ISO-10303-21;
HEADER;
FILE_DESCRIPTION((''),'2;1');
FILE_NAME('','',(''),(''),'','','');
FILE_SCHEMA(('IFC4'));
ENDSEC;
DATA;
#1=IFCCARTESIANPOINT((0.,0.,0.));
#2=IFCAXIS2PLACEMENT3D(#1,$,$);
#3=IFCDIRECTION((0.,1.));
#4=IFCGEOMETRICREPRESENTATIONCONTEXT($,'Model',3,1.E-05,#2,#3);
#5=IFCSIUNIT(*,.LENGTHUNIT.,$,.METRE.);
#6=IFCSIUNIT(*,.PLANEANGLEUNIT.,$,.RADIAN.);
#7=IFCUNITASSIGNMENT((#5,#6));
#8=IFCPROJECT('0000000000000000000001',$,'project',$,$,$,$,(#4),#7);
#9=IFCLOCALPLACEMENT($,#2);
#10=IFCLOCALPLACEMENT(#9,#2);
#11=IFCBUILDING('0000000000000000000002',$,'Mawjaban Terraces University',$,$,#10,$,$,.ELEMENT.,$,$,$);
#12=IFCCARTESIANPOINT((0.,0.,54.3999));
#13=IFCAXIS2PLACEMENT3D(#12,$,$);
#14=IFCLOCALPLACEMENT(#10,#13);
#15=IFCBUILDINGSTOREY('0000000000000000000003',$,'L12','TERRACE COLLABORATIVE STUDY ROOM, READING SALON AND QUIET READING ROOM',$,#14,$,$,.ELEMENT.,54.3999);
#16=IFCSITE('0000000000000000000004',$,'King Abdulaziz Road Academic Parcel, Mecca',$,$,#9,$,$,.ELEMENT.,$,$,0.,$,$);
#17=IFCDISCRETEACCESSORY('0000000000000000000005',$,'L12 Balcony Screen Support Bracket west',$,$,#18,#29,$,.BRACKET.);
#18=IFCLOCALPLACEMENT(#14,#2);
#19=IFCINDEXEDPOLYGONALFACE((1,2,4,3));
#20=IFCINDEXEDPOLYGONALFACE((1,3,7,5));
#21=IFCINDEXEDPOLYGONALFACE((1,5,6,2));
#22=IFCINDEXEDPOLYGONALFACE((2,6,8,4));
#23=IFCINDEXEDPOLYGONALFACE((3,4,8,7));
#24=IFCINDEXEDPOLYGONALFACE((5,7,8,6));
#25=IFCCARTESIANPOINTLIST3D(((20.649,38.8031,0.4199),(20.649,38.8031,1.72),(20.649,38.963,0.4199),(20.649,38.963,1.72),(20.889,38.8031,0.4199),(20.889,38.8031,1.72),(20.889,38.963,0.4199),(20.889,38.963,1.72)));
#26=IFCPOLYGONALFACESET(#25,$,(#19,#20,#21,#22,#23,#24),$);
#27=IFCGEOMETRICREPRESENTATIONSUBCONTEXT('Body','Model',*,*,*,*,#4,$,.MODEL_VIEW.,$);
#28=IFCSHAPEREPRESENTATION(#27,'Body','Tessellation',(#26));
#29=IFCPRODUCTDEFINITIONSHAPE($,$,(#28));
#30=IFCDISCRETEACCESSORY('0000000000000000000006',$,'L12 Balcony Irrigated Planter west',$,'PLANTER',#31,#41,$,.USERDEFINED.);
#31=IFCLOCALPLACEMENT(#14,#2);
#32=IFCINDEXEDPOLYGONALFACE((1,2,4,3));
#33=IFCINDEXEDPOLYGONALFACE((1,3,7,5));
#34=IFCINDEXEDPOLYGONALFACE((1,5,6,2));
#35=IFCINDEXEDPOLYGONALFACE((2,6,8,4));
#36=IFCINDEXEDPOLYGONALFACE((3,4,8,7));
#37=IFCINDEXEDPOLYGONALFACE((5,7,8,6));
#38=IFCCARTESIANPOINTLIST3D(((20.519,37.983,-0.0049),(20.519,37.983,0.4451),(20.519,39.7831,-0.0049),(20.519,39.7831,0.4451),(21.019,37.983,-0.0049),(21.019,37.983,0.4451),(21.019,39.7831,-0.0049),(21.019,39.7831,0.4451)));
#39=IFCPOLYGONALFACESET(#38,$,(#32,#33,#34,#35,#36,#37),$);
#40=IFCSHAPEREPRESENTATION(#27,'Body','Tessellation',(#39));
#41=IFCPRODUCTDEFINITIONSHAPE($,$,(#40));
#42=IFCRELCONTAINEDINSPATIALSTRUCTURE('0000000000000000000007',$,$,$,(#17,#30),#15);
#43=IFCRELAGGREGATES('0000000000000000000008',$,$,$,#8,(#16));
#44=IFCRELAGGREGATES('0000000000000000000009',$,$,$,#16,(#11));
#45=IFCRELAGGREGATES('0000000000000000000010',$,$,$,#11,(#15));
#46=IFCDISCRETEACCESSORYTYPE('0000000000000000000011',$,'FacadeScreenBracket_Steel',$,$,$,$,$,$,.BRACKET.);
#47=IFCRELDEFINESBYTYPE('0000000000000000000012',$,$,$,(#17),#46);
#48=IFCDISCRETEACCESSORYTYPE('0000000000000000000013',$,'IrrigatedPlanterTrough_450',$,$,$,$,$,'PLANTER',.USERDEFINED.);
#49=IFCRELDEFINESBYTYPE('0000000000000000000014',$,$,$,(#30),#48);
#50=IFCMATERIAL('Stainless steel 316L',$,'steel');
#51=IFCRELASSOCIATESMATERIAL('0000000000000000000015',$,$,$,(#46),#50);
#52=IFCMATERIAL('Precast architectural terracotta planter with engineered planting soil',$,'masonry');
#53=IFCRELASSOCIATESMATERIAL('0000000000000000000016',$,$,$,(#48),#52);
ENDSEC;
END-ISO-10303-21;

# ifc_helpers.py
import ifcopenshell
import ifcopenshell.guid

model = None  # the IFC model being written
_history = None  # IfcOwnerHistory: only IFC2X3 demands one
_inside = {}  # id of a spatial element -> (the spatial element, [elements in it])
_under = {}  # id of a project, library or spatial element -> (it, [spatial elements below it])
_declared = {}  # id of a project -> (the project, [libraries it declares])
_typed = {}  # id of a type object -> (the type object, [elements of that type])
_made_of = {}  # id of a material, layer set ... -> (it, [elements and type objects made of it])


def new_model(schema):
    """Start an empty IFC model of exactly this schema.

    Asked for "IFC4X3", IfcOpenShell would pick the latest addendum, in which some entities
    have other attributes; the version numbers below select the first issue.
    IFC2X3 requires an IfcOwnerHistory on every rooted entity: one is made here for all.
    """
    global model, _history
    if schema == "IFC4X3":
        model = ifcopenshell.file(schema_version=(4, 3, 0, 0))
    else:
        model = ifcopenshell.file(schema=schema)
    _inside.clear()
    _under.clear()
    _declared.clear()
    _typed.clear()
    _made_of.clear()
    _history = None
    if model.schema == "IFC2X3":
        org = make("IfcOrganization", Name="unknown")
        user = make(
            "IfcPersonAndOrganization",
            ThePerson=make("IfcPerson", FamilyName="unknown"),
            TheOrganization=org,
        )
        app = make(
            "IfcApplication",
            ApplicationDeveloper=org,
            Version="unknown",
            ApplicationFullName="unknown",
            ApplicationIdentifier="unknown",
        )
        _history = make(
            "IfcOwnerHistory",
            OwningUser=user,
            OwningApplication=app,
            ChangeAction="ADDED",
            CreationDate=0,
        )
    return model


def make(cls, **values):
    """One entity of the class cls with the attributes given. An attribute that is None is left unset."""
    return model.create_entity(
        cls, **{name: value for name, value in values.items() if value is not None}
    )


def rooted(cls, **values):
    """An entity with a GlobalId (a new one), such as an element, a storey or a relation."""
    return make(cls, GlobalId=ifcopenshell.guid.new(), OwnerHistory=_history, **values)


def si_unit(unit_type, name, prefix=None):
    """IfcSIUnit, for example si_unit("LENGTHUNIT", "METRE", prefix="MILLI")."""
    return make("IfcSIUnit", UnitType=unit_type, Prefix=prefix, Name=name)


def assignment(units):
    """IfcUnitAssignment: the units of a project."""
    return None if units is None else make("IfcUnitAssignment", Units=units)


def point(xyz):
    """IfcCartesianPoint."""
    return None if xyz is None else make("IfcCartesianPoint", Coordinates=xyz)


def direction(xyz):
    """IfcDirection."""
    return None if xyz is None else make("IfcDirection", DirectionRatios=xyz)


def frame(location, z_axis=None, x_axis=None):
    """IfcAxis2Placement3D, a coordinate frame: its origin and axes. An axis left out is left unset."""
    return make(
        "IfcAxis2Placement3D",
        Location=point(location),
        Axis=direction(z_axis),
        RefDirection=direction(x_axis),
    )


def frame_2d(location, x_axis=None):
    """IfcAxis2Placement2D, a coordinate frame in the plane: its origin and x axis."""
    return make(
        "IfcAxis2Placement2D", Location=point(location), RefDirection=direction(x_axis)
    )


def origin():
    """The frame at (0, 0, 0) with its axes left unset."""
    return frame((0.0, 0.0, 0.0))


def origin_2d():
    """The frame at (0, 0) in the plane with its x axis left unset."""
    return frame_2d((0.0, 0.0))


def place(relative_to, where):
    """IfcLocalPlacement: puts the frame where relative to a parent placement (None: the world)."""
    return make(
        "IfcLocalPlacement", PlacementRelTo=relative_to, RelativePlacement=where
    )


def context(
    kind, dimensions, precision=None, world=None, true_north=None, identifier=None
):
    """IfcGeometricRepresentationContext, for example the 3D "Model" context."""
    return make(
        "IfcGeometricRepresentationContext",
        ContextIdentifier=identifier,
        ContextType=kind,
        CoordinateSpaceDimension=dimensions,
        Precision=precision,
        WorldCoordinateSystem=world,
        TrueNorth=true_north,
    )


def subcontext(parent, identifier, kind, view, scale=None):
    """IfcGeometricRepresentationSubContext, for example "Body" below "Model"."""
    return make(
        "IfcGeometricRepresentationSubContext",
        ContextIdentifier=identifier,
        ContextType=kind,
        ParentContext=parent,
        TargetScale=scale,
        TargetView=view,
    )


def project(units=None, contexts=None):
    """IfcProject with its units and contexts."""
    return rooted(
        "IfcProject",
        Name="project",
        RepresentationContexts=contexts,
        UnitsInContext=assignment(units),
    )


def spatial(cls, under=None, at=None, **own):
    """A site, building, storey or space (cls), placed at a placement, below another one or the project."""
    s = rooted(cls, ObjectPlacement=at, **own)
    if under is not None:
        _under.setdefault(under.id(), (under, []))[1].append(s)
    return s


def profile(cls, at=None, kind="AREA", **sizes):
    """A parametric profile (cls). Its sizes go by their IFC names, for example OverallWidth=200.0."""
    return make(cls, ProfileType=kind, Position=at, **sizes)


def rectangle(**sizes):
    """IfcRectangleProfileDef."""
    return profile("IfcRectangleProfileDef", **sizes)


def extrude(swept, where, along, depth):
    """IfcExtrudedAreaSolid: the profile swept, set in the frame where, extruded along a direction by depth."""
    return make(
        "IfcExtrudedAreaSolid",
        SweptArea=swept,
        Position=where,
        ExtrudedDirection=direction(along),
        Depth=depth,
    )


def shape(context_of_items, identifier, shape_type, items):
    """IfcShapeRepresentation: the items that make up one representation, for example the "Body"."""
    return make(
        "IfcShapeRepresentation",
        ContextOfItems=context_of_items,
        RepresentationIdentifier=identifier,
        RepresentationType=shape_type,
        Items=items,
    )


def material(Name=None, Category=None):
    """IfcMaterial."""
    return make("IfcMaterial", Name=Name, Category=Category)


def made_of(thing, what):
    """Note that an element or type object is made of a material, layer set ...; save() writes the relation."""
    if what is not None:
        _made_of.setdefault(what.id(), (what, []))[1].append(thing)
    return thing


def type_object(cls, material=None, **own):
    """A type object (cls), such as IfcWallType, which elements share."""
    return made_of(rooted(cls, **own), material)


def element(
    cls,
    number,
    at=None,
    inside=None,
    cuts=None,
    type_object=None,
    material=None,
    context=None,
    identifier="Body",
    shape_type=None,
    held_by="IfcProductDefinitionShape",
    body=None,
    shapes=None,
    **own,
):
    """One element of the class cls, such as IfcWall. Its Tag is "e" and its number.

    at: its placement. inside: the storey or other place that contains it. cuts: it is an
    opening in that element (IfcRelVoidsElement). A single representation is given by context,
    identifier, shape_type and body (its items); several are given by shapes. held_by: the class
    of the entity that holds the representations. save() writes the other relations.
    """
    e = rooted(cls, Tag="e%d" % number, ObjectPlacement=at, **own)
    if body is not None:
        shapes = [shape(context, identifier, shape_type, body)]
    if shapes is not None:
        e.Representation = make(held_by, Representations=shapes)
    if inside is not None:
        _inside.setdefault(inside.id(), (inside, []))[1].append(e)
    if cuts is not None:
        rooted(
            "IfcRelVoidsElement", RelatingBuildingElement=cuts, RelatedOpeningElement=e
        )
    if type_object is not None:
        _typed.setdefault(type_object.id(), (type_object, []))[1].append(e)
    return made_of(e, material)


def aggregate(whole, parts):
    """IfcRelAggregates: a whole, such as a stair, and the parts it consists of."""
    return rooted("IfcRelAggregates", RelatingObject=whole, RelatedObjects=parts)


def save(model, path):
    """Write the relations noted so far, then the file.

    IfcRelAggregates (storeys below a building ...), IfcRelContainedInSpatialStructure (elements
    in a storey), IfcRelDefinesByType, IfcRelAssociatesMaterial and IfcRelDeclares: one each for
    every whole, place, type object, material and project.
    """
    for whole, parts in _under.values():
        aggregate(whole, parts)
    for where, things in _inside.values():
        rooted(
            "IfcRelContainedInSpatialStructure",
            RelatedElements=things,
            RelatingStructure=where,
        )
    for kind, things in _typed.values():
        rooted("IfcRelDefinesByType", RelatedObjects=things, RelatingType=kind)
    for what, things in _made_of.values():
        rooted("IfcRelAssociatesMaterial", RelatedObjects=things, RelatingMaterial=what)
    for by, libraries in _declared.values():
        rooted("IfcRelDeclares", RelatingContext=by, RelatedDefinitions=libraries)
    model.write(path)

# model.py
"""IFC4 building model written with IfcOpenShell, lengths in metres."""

from ifc_helpers import new_model, si_unit, direction, frame, origin, origin_2d, place, context, subcontext, project, spatial, rectangle, extrude, material, type_object, element, save


model = new_model("IFC4")

# Units and contexts
model_context = context("Model", 3, precision=1e-05, world=origin(), true_north=direction((0.0, 1.0)))
body_context = subcontext(model_context, "Body", "Model", "MODEL_VIEW")
ifc_project = project(units=[si_unit("LENGTHUNIT", "METRE"), si_unit("PLANEANGLEUNIT", "RADIAN")], contexts=[model_context])

# Site, building, storey
site_placement = place(None, origin())
site = spatial("IfcSite", under=ifc_project, at=site_placement, Name="King Abdulaziz Road Academic Parcel, Mecca", CompositionType="ELEMENT", RefElevation=0.0)
building_placement = place(site_placement, origin())
building = spatial("IfcBuilding", under=site, at=building_placement, Name="Mawjaban Terraces University", CompositionType="ELEMENT")
storey_placement = place(building_placement, frame((0.0, 0.0, 54.3999)))
storey = spatial("IfcBuildingStorey", under=building, at=storey_placement, Name="L12", Description="TERRACE COLLABORATIVE STUDY ROOM, READING SALON AND QUIET READING ROOM", CompositionType="ELEMENT", Elevation=54.3999)

# Discrete accessories
ifc_material_1 = material(Name="Stainless steel 316L", Category="steel")
discrete_accessory_type_1 = type_object("IfcDiscreteAccessoryType", Name="FacadeScreenBracket_Steel", PredefinedType="BRACKET", material=ifc_material_1)
discrete_accessory_1_placement = place(storey_placement, frame((20.769, 38.8831, 0.4199), z_axis=(0.0, 0.0, 1.0), x_axis=(0.0, 1.0, 0.0)))
element("IfcDiscreteAccessory", 1, at=discrete_accessory_1_placement, inside=storey, type_object=discrete_accessory_type_1, Name="L12 Balcony Screen Support Bracket west", PredefinedType="BRACKET", context=body_context, shape_type="SweptSolid", body=[
    extrude(rectangle(XDim=0.1599, YDim=0.24, at=origin_2d()), origin(), (0.0, 0.0, 1.0), 1.3),
])
ifc_material_2 = material(Name="Precast architectural terracotta planter with engineered planting soil", Category="masonry")
discrete_accessory_type_2 = type_object("IfcDiscreteAccessoryType", Name="IrrigatedPlanterTrough_450", ElementType="PLANTER", PredefinedType="USERDEFINED", material=ifc_material_2)
discrete_accessory_2_placement = place(storey_placement, frame((20.769, 38.8831, -0.0049), z_axis=(0.0, 0.0, 1.0), x_axis=(0.0, 1.0, 0.0)))
element("IfcDiscreteAccessory", 2, at=discrete_accessory_2_placement, inside=storey, type_object=discrete_accessory_type_2, Name="L12 Balcony Irrigated Planter west", ObjectType="PLANTER", PredefinedType="USERDEFINED", context=body_context, shape_type="SweptSolid", body=[
    extrude(rectangle(XDim=1.8, YDim=0.5, at=origin_2d()), origin(), (0.0, 0.0, 1.0), 0.45),
])

save(model, "model.ifc")
